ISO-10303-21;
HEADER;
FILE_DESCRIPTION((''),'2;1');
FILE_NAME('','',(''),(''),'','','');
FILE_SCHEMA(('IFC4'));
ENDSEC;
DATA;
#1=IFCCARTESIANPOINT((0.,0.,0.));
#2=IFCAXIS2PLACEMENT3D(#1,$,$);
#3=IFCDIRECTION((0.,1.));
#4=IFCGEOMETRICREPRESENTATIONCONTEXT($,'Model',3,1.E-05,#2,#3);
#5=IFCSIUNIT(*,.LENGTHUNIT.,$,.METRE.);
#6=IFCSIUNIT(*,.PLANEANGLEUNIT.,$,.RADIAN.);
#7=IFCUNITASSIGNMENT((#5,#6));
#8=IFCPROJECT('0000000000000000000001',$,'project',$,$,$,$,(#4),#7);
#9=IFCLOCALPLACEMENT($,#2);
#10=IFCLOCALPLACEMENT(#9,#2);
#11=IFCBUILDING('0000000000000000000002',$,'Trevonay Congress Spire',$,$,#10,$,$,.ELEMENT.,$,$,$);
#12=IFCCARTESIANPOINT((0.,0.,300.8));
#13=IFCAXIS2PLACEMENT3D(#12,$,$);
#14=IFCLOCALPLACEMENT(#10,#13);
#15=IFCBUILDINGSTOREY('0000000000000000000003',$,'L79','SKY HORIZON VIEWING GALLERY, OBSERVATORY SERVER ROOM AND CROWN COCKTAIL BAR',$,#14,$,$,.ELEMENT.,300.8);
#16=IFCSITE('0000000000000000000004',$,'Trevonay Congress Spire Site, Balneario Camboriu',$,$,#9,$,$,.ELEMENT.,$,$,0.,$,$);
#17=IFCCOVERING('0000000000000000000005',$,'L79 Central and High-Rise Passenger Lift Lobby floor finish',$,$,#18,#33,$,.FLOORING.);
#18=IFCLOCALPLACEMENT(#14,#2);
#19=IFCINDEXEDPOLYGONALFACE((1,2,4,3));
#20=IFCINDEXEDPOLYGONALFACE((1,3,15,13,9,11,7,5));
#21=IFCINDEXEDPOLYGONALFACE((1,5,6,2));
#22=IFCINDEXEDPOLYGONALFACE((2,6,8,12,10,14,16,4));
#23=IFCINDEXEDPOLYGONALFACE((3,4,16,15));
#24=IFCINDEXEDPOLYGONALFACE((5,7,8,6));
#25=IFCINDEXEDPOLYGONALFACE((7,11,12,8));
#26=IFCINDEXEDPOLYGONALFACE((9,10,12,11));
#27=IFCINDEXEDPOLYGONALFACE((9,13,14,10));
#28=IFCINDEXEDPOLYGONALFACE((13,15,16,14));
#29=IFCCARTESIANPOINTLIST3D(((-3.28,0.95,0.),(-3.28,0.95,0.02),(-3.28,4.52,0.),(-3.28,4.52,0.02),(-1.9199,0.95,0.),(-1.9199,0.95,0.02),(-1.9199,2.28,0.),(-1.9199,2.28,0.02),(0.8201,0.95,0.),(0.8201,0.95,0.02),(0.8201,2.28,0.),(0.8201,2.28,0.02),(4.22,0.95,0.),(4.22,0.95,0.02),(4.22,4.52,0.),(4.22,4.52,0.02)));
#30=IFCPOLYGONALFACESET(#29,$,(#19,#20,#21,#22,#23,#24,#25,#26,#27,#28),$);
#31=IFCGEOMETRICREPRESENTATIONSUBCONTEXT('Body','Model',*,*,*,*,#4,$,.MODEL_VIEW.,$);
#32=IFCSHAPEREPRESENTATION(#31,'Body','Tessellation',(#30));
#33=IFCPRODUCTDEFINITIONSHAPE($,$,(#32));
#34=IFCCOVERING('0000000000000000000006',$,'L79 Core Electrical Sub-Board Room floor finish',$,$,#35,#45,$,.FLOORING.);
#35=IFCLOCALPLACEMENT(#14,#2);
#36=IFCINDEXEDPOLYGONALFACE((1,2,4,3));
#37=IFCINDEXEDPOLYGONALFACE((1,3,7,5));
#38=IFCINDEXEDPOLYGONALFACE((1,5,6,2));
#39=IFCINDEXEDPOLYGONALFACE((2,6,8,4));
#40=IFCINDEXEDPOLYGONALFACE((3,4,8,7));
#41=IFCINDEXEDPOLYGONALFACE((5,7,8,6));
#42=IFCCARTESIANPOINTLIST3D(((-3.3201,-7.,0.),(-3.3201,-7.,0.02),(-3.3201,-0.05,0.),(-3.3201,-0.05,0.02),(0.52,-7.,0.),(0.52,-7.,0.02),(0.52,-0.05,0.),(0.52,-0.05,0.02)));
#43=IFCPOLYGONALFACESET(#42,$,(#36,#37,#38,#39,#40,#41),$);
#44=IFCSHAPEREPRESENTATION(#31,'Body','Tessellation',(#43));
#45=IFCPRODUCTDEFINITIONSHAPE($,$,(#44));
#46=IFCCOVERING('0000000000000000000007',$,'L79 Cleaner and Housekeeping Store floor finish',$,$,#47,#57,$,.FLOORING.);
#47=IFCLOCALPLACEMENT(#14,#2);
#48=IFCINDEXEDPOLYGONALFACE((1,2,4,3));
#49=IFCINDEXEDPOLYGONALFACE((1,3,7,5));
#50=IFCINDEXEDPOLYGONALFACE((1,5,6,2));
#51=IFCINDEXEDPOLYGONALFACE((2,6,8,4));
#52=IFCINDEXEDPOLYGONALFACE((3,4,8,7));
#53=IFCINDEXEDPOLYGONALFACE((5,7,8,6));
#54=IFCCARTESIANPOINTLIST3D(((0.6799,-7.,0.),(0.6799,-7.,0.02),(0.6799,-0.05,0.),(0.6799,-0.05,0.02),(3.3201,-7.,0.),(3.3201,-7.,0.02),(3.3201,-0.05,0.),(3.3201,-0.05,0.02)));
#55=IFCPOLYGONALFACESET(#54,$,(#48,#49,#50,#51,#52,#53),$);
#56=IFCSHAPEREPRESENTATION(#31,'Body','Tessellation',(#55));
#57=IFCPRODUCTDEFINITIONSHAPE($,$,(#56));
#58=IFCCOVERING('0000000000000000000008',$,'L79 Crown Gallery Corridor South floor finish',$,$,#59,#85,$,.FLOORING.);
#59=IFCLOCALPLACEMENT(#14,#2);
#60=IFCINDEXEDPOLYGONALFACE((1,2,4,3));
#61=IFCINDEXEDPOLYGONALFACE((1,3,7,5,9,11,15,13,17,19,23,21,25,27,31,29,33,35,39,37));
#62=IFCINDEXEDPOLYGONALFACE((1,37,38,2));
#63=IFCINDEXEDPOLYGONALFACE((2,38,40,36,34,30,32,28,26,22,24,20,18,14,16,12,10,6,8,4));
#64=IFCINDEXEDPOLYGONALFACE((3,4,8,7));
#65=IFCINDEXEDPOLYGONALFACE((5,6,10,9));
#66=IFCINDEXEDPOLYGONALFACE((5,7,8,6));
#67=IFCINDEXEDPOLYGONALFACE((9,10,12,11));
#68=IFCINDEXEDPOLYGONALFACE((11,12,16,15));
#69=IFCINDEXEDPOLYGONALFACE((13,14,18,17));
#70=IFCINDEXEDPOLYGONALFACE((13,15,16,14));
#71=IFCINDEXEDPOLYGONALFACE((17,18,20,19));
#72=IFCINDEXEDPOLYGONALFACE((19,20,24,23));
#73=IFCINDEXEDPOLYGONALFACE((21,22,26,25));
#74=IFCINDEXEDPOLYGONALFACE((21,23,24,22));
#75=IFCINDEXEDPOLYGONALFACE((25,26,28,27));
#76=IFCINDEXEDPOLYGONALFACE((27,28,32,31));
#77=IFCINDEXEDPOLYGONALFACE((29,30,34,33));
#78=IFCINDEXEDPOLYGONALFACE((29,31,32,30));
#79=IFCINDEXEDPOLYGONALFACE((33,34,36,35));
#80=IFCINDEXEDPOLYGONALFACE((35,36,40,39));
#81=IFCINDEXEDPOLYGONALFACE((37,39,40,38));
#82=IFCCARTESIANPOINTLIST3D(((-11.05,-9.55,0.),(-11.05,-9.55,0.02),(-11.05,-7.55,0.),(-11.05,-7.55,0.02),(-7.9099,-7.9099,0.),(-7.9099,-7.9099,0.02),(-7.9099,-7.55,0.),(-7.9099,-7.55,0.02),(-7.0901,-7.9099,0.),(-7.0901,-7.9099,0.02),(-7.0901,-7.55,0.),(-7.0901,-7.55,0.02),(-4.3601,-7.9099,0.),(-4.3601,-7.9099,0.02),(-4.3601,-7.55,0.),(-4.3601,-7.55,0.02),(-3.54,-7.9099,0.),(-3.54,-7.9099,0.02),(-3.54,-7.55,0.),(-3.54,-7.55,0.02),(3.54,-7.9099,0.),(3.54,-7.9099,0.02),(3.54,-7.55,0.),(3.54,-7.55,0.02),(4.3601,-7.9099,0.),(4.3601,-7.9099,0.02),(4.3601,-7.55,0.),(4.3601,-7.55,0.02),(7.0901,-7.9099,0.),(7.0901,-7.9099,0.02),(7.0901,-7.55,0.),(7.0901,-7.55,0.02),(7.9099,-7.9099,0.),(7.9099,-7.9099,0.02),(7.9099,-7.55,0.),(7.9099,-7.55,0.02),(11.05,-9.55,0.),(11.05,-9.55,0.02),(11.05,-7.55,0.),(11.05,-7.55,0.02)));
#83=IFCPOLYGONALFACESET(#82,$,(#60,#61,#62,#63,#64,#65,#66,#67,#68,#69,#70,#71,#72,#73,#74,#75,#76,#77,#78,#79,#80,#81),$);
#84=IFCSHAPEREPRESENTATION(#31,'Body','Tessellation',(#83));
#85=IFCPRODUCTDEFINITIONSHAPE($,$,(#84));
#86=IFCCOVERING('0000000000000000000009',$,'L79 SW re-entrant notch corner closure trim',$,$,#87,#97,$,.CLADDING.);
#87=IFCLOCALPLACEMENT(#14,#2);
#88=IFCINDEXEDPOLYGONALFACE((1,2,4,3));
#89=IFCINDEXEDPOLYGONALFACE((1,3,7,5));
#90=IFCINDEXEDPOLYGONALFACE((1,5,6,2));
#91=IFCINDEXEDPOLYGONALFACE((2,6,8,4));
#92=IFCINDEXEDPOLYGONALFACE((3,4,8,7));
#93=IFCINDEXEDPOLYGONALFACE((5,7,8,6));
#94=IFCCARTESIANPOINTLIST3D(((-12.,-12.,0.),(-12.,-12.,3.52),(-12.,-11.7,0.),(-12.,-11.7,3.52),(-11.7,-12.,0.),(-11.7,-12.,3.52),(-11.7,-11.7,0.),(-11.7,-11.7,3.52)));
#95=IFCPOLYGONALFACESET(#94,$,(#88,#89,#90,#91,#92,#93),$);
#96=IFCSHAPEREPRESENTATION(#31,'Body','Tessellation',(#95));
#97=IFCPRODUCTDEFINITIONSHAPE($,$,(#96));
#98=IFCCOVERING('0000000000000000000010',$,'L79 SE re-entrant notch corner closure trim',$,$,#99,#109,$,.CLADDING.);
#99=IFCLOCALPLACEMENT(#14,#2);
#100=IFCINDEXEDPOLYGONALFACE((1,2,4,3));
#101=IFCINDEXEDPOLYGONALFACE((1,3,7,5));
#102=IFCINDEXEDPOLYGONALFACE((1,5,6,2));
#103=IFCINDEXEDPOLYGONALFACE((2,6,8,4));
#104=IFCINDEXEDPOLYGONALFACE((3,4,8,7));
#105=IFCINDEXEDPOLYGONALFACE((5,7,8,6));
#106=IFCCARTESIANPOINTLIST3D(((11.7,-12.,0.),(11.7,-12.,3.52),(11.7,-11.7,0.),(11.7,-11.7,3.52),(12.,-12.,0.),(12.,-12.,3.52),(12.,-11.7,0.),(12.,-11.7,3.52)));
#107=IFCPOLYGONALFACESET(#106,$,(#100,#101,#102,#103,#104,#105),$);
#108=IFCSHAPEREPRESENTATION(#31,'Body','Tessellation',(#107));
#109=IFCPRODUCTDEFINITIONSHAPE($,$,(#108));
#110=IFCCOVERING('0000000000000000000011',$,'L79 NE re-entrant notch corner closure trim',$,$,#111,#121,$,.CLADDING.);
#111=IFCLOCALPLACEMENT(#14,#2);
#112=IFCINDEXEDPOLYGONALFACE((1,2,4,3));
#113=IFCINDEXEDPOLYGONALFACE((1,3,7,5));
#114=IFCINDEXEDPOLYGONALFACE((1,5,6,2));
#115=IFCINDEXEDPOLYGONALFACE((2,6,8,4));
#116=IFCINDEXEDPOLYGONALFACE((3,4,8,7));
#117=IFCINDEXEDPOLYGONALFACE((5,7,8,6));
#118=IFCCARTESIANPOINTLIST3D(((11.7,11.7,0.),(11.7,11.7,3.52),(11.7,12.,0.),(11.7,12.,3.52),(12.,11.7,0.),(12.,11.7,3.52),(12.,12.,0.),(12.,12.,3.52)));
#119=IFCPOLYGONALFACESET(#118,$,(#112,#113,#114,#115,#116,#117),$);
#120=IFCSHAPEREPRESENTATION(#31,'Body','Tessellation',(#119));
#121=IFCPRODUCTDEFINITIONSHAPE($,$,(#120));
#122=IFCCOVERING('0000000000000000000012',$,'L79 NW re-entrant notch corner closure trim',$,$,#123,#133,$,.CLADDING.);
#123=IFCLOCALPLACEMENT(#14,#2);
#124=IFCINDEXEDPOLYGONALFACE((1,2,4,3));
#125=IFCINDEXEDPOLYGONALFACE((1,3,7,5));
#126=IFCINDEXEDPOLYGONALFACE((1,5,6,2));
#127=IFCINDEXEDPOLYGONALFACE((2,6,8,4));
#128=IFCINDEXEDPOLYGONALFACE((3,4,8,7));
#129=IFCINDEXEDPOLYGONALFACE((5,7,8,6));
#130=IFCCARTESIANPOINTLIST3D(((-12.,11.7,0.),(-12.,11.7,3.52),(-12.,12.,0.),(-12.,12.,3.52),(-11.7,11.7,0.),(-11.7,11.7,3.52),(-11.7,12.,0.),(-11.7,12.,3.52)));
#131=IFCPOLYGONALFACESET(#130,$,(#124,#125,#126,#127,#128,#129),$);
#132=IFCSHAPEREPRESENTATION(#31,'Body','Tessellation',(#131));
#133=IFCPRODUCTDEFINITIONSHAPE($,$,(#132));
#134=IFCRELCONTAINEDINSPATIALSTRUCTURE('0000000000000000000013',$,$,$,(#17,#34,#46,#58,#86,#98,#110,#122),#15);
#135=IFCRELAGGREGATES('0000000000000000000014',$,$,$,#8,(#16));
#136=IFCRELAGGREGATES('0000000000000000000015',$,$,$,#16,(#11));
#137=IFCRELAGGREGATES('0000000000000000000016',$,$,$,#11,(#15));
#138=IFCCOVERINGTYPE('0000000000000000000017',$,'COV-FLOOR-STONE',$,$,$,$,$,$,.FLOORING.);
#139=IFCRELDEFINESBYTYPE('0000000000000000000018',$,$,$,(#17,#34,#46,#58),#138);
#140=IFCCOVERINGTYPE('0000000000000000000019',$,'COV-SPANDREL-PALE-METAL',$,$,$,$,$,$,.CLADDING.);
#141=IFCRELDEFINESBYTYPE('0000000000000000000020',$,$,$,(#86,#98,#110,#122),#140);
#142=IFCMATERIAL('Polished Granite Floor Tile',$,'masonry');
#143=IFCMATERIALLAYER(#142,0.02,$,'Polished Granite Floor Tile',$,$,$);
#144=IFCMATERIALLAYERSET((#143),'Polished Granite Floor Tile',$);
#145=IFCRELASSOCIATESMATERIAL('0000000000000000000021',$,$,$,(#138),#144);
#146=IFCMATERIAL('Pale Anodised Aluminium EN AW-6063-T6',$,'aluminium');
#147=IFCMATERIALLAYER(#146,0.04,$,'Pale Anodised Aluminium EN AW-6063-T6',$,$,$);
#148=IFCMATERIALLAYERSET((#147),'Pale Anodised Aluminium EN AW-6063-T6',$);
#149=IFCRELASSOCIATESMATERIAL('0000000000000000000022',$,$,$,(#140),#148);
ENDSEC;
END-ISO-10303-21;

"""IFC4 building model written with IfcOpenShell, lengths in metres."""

from ifc_helpers import new_model, si_unit, direction, frame, origin, place, context, subcontext, project, spatial, polyline, outline, extrude, material, layer, layer_set, type_object, element, save


model = new_model("IFC4")

# Units and contexts
model_context = context("Model", 3, precision=1e-05, world=origin(), true_north=direction((0.0, 1.0)))
body_context = subcontext(model_context, "Body", "Model", "MODEL_VIEW")
ifc_project = project(units=[si_unit("LENGTHUNIT", "METRE"), si_unit("PLANEANGLEUNIT", "RADIAN")], contexts=[model_context])

# Site, building, storey
site_placement = place(None, origin())
site = spatial("IfcSite", under=ifc_project, at=site_placement, Name="Trevonay Congress Spire Site, Balneario Camboriu", CompositionType="ELEMENT", RefElevation=0.0)
building_placement = place(site_placement, origin())
building = spatial("IfcBuilding", under=site, at=building_placement, Name="Trevonay Congress Spire", CompositionType="ELEMENT")
storey_placement = place(building_placement, frame((0.0, 0.0, 300.8)))
storey = spatial("IfcBuildingStorey", under=building, at=storey_placement, Name="L79", Description="SKY HORIZON VIEWING GALLERY, OBSERVATORY SERVER ROOM AND CROWN COCKTAIL BAR", CompositionType="ELEMENT", Elevation=300.8)

# Coverings
ifc_material_1 = material(Name="Polished Granite Floor Tile", Category="masonry")
ifc_layer_1 = layer(ifc_material_1, 0.02, Name="Polished Granite Floor Tile")
ifc_layer_set_1 = layer_set([ifc_layer_1], Name="Polished Granite Floor Tile")
covering_type_1 = type_object("IfcCoveringType", Name="COV-FLOOR-STONE", PredefinedType="FLOORING", material=ifc_layer_set_1)
covering_1_placement = place(storey_placement, origin())
element("IfcCovering", 1, at=covering_1_placement, inside=storey, type_object=covering_type_1, Name="L79 Central and High-Rise Passenger Lift Lobby floor finish", PredefinedType="FLOORING", context=body_context, shape_type="SweptSolid", body=[
    extrude(outline(polyline([(-3.28, 0.95), (-1.9199, 0.95), (-1.9199, 2.28), (0.8201, 2.28), (0.8201, 0.95), (4.22, 0.95), (4.22, 4.52), (-3.28, 4.52), (-3.28, 0.95)])), origin(), (0.0, 0.0, 1.0), 0.02),
])
covering_2_placement = place(storey_placement, origin())
element("IfcCovering", 2, at=covering_2_placement, inside=storey, type_object=covering_type_1, Name="L79 Core Electrical Sub-Board Room floor finish", PredefinedType="FLOORING", context=body_context, shape_type="SweptSolid", body=[
    extrude(outline(polyline([(-3.3201, -7.0), (0.52, -7.0), (0.52, -0.05), (-3.3201, -0.05), (-3.3201, -7.0)])), origin(), (0.0, 0.0, 1.0), 0.02),
])
covering_3_placement = place(storey_placement, origin())
element("IfcCovering", 3, at=covering_3_placement, inside=storey, type_object=covering_type_1, Name="L79 Cleaner and Housekeeping Store floor finish", PredefinedType="FLOORING", context=body_context, shape_type="SweptSolid", body=[
    extrude(outline(polyline([(0.6799, -7.0), (3.3201, -7.0), (3.3201, -0.05), (0.6799, -0.05), (0.6799, -7.0)])), origin(), (0.0, 0.0, 1.0), 0.02),
])
covering_4_placement = place(storey_placement, origin())
element("IfcCovering", 4, at=covering_4_placement, inside=storey, type_object=covering_type_1, Name="L79 Crown Gallery Corridor South floor finish", PredefinedType="FLOORING", context=body_context, shape_type="SweptSolid", body=[
    extrude(outline(polyline([(11.05, -7.55), (11.05, -9.55), (-11.05, -9.55), (-11.05, -7.55), (-7.9099, -7.55), (-7.9099, -7.9099), (-7.0901, -7.9099), (-7.0901, -7.55), (-4.3601, -7.55), (-4.3601, -7.9099), (-3.54, -7.9099), (-3.54, -7.55), (3.54, -7.55), (3.54, -7.9099), (4.3601, -7.9099), (4.3601, -7.55), (7.0901, -7.55), (7.0901, -7.9099), (7.9099, -7.9099), (7.9099, -7.55), (11.05, -7.55)])), origin(), (0.0, 0.0, 1.0), 0.02),
])
ifc_material_2 = material(Name="Pale Anodised Aluminium EN AW-6063-T6", Category="aluminium")
ifc_layer_2 = layer(ifc_material_2, 0.04, Name="Pale Anodised Aluminium EN AW-6063-T6")
ifc_layer_set_2 = layer_set([ifc_layer_2], Name="Pale Anodised Aluminium EN AW-6063-T6")
covering_type_2 = type_object("IfcCoveringType", Name="COV-SPANDREL-PALE-METAL", PredefinedType="CLADDING", material=ifc_layer_set_2)
covering_5_placement = place(storey_placement, origin())
element("IfcCovering", 5, at=covering_5_placement, inside=storey, type_object=covering_type_2, Name="L79 SW re-entrant notch corner closure trim", PredefinedType="CLADDING", context=body_context, shape_type="SweptSolid", body=[
    extrude(outline(polyline([(-12.0, -12.0), (-11.7, -12.0), (-11.7, -11.7), (-12.0, -11.7), (-12.0, -12.0)])), origin(), (0.0, 0.0, 1.0), 3.52),
])
covering_6_placement = place(storey_placement, origin())
element("IfcCovering", 6, at=covering_6_placement, inside=storey, type_object=covering_type_2, Name="L79 SE re-entrant notch corner closure trim", PredefinedType="CLADDING", context=body_context, shape_type="SweptSolid", body=[
    extrude(outline(polyline([(11.7, -12.0), (12.0, -12.0), (12.0, -11.7), (11.7, -11.7), (11.7, -12.0)])), origin(), (0.0, 0.0, 1.0), 3.52),
])
covering_7_placement = place(storey_placement, origin())
element("IfcCovering", 7, at=covering_7_placement, inside=storey, type_object=covering_type_2, Name="L79 NE re-entrant notch corner closure trim", PredefinedType="CLADDING", context=body_context, shape_type="SweptSolid", body=[
    extrude(outline(polyline([(11.7, 11.7), (12.0, 11.7), (12.0, 12.0), (11.7, 12.0), (11.7, 11.7)])), origin(), (0.0, 0.0, 1.0), 3.52),
])
covering_8_placement = place(storey_placement, origin())
element("IfcCovering", 8, at=covering_8_placement, inside=storey, type_object=covering_type_2, Name="L79 NW re-entrant notch corner closure trim", PredefinedType="CLADDING", context=body_context, shape_type="SweptSolid", body=[
    extrude(outline(polyline([(-12.0, 11.7), (-11.7, 11.7), (-11.7, 12.0), (-12.0, 12.0), (-12.0, 11.7)])), origin(), (0.0, 0.0, 1.0), 3.52),
])

save(model, "model.ifc")
